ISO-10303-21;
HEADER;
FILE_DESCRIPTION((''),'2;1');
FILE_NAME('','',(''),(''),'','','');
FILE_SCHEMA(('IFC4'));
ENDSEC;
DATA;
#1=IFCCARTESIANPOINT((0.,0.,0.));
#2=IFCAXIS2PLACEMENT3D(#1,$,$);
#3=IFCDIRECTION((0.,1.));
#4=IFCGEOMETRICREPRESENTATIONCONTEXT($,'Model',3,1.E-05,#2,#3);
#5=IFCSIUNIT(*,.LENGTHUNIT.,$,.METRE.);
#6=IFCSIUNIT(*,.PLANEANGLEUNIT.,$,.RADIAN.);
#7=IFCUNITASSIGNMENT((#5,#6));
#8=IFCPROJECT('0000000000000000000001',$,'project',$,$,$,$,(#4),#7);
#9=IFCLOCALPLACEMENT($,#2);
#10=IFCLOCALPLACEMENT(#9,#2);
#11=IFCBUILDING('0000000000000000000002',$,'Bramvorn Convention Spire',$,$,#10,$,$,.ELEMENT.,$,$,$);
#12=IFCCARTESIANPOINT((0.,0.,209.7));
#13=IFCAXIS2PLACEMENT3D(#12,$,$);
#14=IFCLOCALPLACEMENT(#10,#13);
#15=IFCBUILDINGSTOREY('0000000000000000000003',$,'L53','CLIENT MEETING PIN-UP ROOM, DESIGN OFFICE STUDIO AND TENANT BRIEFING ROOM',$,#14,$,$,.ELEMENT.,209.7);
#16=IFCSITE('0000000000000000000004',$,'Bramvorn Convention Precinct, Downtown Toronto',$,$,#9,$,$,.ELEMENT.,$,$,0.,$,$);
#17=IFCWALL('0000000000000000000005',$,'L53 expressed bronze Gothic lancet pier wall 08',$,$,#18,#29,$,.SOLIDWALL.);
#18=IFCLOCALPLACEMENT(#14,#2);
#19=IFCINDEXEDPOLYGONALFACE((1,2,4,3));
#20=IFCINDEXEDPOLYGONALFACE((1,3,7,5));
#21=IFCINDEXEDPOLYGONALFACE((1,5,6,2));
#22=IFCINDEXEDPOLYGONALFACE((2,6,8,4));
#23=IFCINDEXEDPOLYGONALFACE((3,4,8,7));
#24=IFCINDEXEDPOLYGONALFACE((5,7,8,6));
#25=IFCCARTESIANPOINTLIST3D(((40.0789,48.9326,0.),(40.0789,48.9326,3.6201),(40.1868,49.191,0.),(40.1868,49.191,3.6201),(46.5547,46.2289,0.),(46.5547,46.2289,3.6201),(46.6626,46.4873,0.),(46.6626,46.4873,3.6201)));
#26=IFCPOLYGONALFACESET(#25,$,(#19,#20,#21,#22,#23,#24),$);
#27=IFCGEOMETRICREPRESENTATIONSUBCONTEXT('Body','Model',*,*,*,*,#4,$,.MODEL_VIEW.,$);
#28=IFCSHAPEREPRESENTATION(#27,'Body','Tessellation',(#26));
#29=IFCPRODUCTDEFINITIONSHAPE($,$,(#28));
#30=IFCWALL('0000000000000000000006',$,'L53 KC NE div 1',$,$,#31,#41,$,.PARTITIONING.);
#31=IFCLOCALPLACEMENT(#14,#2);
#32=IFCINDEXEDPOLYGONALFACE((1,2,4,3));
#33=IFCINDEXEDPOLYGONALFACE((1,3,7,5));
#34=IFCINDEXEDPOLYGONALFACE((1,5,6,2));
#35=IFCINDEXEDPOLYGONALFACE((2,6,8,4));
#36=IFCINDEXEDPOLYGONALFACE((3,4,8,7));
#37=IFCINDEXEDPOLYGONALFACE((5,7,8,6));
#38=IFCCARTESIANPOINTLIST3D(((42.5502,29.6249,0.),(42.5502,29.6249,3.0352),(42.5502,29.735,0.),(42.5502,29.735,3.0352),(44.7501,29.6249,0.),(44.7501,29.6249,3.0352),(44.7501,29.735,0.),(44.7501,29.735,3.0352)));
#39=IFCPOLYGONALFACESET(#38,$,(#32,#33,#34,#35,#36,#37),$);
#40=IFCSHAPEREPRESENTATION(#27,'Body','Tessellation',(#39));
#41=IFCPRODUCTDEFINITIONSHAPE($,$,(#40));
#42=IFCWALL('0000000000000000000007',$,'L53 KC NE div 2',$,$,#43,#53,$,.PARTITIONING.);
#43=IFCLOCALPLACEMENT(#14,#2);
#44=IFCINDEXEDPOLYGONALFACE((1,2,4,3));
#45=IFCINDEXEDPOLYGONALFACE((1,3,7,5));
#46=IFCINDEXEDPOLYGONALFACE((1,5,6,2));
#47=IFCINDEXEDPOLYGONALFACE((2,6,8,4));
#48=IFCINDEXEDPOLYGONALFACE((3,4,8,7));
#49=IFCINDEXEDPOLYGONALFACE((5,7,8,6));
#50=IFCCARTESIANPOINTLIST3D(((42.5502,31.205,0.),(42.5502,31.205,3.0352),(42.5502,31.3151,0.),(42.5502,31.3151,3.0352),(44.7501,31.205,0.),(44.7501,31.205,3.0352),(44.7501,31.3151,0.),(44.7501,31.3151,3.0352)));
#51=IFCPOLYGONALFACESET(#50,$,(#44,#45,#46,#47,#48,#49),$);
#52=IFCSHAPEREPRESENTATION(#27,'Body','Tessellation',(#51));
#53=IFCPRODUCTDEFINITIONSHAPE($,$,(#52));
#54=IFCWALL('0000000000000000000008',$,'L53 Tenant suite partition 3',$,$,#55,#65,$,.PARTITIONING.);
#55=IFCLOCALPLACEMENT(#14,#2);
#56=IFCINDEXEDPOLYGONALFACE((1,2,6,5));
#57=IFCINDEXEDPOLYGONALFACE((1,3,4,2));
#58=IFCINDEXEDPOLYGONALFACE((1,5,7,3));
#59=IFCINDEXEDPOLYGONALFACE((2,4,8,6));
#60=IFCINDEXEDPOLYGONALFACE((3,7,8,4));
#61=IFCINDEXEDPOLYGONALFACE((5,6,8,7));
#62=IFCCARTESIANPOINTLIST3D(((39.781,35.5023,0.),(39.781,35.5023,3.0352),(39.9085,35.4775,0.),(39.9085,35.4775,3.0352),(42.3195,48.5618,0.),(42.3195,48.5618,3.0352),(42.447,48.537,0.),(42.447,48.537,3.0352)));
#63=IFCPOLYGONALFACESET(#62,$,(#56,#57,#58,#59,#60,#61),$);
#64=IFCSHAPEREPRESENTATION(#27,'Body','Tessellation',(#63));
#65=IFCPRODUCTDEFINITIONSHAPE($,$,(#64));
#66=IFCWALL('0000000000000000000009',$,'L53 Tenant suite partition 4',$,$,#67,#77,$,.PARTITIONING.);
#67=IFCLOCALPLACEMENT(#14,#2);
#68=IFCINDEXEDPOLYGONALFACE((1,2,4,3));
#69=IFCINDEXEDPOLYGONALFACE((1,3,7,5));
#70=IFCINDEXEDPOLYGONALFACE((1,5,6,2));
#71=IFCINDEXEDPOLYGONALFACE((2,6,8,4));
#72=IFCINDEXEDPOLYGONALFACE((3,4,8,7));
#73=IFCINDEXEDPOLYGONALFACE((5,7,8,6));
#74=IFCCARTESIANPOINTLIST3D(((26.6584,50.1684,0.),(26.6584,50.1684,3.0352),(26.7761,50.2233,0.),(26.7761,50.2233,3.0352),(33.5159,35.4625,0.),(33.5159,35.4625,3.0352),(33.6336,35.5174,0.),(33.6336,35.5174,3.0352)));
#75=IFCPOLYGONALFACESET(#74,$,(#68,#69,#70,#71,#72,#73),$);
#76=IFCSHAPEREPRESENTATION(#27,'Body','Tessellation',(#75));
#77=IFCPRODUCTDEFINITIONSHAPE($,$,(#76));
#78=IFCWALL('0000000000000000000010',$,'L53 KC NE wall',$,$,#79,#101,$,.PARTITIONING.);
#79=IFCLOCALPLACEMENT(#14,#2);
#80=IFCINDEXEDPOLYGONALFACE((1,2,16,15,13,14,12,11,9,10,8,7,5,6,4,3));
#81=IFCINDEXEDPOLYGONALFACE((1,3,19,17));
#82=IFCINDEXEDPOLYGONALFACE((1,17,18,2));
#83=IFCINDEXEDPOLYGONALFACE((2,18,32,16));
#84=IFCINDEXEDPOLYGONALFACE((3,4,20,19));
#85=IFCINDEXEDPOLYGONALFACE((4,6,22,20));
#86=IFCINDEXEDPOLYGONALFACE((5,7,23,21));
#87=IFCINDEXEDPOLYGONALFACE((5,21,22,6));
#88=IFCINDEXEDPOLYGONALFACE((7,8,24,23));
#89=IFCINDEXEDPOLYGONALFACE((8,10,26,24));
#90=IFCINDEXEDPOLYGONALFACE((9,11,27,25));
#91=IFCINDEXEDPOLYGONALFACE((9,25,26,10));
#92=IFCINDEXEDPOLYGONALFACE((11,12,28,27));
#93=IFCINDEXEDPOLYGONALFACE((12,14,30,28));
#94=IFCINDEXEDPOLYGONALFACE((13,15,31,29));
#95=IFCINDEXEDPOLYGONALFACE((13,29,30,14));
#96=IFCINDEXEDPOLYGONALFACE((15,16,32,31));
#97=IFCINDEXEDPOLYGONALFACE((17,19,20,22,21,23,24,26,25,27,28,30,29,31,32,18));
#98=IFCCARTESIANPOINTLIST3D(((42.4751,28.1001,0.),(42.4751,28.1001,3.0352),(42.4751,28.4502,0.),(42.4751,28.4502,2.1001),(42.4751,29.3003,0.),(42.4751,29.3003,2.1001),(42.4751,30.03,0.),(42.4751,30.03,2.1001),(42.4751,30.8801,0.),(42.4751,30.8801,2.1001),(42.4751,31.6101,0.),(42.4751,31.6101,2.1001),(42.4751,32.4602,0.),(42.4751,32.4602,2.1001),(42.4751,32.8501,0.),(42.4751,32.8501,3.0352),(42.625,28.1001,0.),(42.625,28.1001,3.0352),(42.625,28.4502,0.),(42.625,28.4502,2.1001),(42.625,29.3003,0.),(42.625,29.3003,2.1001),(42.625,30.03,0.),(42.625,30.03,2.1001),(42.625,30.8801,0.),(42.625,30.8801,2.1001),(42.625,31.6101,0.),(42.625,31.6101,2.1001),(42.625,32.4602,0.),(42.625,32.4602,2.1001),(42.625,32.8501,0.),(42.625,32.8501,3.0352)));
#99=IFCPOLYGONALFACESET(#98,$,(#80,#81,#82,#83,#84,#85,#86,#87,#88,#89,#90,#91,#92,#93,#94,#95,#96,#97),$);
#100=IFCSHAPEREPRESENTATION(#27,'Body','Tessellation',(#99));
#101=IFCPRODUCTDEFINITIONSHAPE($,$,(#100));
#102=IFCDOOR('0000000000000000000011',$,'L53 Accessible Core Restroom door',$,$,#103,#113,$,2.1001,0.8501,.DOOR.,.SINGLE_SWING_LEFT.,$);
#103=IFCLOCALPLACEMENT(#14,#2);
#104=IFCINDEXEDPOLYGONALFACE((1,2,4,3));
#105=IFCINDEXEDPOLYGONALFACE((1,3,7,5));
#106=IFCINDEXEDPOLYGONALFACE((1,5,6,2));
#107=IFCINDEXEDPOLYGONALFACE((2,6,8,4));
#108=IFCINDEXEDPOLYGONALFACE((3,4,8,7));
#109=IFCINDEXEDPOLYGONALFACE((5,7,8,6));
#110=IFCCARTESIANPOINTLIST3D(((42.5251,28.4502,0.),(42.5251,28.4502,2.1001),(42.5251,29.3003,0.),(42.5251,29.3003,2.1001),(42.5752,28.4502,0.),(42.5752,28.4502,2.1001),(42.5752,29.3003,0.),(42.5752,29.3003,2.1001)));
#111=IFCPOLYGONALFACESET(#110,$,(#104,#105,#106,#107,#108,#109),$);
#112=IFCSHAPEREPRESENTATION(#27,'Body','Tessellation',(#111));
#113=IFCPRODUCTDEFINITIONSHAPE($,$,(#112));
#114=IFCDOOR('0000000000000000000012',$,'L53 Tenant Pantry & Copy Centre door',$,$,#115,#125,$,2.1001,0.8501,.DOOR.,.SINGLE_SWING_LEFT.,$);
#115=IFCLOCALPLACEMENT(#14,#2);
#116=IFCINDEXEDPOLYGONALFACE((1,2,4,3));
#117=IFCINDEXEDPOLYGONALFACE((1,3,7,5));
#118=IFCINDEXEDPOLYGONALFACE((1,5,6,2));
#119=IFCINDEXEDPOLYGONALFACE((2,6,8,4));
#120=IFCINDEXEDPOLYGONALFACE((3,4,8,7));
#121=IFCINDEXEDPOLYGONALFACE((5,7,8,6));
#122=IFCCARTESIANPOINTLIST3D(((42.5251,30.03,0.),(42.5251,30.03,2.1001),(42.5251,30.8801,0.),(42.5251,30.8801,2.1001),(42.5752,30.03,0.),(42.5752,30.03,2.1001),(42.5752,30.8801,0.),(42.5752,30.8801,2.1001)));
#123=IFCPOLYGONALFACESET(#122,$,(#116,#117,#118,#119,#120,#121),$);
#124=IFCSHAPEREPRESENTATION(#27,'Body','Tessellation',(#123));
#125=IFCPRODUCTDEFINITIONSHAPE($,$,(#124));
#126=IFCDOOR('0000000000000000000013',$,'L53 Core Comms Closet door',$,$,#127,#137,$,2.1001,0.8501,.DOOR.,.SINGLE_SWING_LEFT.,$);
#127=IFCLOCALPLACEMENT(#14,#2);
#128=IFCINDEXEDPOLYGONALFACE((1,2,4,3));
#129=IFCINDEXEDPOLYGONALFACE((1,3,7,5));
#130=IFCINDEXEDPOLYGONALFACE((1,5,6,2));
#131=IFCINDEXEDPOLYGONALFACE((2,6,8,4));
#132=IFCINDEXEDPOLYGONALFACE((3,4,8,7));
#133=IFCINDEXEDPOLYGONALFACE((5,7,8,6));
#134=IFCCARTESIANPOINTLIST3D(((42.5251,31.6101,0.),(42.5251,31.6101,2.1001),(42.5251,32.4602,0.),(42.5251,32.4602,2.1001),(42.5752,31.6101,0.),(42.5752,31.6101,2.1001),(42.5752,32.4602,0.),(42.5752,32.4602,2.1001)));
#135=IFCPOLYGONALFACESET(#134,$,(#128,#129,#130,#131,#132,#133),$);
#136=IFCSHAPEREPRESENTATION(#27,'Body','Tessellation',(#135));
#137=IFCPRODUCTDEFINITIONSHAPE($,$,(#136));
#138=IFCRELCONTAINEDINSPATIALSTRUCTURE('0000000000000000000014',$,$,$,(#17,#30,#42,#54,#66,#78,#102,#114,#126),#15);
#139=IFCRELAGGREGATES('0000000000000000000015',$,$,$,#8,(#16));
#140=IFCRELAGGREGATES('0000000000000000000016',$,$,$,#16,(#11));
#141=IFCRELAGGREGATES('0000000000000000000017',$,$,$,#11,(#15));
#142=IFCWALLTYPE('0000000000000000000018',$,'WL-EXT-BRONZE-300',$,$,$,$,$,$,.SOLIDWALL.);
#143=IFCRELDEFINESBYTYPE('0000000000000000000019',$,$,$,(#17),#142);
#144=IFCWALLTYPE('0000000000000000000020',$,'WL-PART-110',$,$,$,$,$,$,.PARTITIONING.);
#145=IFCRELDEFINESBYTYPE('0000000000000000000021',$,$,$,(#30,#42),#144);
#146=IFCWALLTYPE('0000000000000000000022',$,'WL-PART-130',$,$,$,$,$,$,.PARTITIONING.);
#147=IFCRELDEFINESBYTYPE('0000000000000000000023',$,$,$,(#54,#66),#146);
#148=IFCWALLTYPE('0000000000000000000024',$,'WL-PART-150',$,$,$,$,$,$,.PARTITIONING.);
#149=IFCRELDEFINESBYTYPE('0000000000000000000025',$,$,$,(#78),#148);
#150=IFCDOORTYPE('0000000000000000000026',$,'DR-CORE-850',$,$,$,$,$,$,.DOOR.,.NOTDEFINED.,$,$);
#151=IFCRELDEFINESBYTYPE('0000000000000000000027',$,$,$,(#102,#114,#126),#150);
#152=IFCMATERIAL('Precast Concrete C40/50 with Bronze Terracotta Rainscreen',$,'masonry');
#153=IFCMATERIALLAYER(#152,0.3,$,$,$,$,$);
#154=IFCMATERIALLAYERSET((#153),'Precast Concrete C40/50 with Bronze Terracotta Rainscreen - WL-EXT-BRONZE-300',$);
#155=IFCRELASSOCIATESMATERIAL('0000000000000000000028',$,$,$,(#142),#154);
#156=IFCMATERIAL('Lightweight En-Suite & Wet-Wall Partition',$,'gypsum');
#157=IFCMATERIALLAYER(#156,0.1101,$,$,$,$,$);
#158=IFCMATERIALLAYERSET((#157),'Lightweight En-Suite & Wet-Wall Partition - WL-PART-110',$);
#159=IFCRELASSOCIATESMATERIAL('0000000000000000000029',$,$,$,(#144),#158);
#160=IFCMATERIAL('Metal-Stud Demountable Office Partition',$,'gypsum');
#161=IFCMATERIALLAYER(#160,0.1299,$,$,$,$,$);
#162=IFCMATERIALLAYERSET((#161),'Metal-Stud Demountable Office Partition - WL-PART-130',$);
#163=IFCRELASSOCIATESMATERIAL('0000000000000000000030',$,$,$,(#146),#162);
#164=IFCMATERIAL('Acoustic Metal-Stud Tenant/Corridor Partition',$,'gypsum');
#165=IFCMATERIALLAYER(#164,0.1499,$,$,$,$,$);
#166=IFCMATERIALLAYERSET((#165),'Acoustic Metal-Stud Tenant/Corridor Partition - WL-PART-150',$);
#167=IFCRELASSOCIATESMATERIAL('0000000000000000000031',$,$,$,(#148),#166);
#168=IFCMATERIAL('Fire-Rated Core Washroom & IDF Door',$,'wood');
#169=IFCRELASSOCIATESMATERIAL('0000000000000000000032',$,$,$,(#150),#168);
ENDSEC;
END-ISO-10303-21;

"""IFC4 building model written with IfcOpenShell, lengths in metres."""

from ifc_helpers import new_model, si_unit, direction, frame, frame_2d, origin, place, context, subcontext, project, spatial, rectangle, extrude, material, layer, layer_set, type_object, element, fill, save


model = new_model("IFC4")

# Units and contexts
model_context = context("Model", 3, precision=1e-05, world=origin(), true_north=direction((0.0, 1.0)))
body_context = subcontext(model_context, "Body", "Model", "MODEL_VIEW")
ifc_project = project(units=[si_unit("LENGTHUNIT", "METRE"), si_unit("PLANEANGLEUNIT", "RADIAN")], contexts=[model_context])

# Site, building, storey
site_placement = place(None, origin())
site = spatial("IfcSite", under=ifc_project, at=site_placement, Name="Bramvorn Convention Precinct, Downtown Toronto", CompositionType="ELEMENT", RefElevation=0.0)
building_placement = place(site_placement, origin())
building = spatial("IfcBuilding", under=site, at=building_placement, Name="Bramvorn Convention Spire", CompositionType="ELEMENT")
storey_placement = place(building_placement, frame((0.0, 0.0, 209.7)))
storey = spatial("IfcBuildingStorey", under=building, at=storey_placement, Name="L53", Description="CLIENT MEETING PIN-UP ROOM, DESIGN OFFICE STUDIO AND TENANT BRIEFING ROOM", CompositionType="ELEMENT", Elevation=209.7)

# Walls
ifc_material_1 = material(Name="Precast Concrete C40/50 with Bronze Terracotta Rainscreen", Category="masonry")
ifc_layer_1 = layer(ifc_material_1, 0.3)
ifc_layer_set_1 = layer_set([ifc_layer_1], Name="Precast Concrete C40/50 with Bronze Terracotta Rainscreen - WL-EXT-BRONZE-300")
wall_type_1 = type_object("IfcWallType", Name="WL-EXT-BRONZE-300", PredefinedType="SOLIDWALL", material=ifc_layer_set_1)
wall_1_placement = place(storey_placement, frame((40.1328, 49.0618, 0.0), z_axis=(0.0, 0.0, 1.0), x_axis=(0.922806, -0.385265, 0.0)))
element("IfcWall", 1, at=wall_1_placement, inside=storey, type_object=wall_type_1, Name="L53 expressed bronze Gothic lancet pier wall 08", PredefinedType="SOLIDWALL", context=body_context, shape_type="SweptSolid", body=[
    extrude(rectangle(XDim=7.0176, YDim=0.28, at=frame_2d((3.5088, 0.0))), origin(), (0.0, 0.0, 1.0), 3.6201),
])
ifc_material_2 = material(Name="Lightweight En-Suite & Wet-Wall Partition", Category="gypsum")
ifc_layer_2 = layer(ifc_material_2, 0.1101)
ifc_layer_set_2 = layer_set([ifc_layer_2], Name="Lightweight En-Suite & Wet-Wall Partition - WL-PART-110")
wall_type_2 = type_object("IfcWallType", Name="WL-PART-110", PredefinedType="PARTITIONING", material=ifc_layer_set_2)
for number, where, z_axis, x_axis, name in (
    (2, (42.55, 29.6799, 0.0), (0.0, 0.0, 1.0), (1.0, 0.0, 0.0), "L53 KC NE div 1"),
    (3, (42.55, 31.26, 0.0), (0.0, 0.0, 1.0), (1.0, 0.0, 0.0), "L53 KC NE div 2"),
):
    element("IfcWall", number, at=place(storey_placement, frame(where, z_axis=z_axis, x_axis=x_axis)), inside=storey, type_object=wall_type_2, Name=name, PredefinedType="PARTITIONING", context=body_context, shape_type="SweptSolid", body=[
        extrude(rectangle(XDim=2.2, YDim=0.1101, at=frame_2d((1.1001, 0.0))), origin(), (0.0, 0.0, 1.0), 3.0352),
    ])
ifc_material_3 = material(Name="Metal-Stud Demountable Office Partition", Category="gypsum")
ifc_layer_3 = layer(ifc_material_3, 0.1299)
ifc_layer_set_3 = layer_set([ifc_layer_3], Name="Metal-Stud Demountable Office Partition - WL-PART-130")
wall_type_3 = type_object("IfcWallType", Name="WL-PART-130", PredefinedType="PARTITIONING", material=ifc_layer_set_3)
wall_2_placement = place(storey_placement, frame((39.8447, 35.49, 0.0), z_axis=(0.0, 0.0, 1.0), x_axis=(0.190813, 0.981626, 0.0)))
element("IfcWall", 4, at=wall_2_placement, inside=storey, type_object=wall_type_3, Name="L53 Tenant suite partition 3", PredefinedType="PARTITIONING", context=body_context, shape_type="SweptSolid", body=[
    extrude(rectangle(XDim=13.304, YDim=0.1299, at=frame_2d((6.6519, 0.0))), origin(), (0.0, 0.0, 1.0), 3.0352),
])
wall_3_placement = place(storey_placement, frame((33.5747, 35.49, 0.0), z_axis=(0.0, 0.0, 1.0), x_axis=(-0.422618, 0.906308, 0.0)))
element("IfcWall", 5, at=wall_3_placement, inside=storey, type_object=wall_type_3, Name="L53 Tenant suite partition 4", PredefinedType="PARTITIONING", context=body_context, shape_type="SweptSolid", body=[
    extrude(rectangle(XDim=16.2261, YDim=0.1299, at=frame_2d((8.113, 0.0))), origin(), (0.0, 0.0, 1.0), 3.0352),
])

# Wall, openings, doors
ifc_material_4 = material(Name="Acoustic Metal-Stud Tenant/Corridor Partition", Category="gypsum")
ifc_layer_4 = layer(ifc_material_4, 0.1499)
ifc_layer_set_4 = layer_set([ifc_layer_4], Name="Acoustic Metal-Stud Tenant/Corridor Partition - WL-PART-150")
wall_type_4 = type_object("IfcWallType", Name="WL-PART-150", PredefinedType="PARTITIONING", material=ifc_layer_set_4)
wall_4_placement = place(storey_placement, frame((42.55, 28.1001, 0.0), z_axis=(0.0, 0.0, 1.0), x_axis=(0.0, 1.0, 0.0)))
wall_4 = element("IfcWall", 6, at=wall_4_placement, inside=storey, type_object=wall_type_4, Name="L53 KC NE wall", PredefinedType="PARTITIONING", context=body_context, shape_type="SweptSolid", body=[
    extrude(rectangle(XDim=4.75, YDim=0.1499, at=frame_2d((2.375, 0.0))), origin(), (0.0, 0.0, 1.0), 3.0352),
])
opening_1_placement = place(wall_4_placement, frame((0.3501, 0.0, 0.0)))
opening_1 = element("IfcOpeningElement", 7, at=opening_1_placement, cuts=wall_4, PredefinedType="OPENING", context=body_context, shape_type="SweptSolid", body=[
    extrude(rectangle(XDim=0.8501, YDim=2.1001, at=frame_2d((0.425, 1.05))), frame((0.0, 0.085, 0.0), z_axis=(0.0, -1.0, 0.0), x_axis=(1.0, 0.0, 0.0)), (0.0, 0.0, 1.0), 0.1699),
])
opening_2_placement = place(wall_4_placement, frame((1.9299, 0.0, 0.0)))
opening_2 = element("IfcOpeningElement", 8, at=opening_2_placement, cuts=wall_4, PredefinedType="OPENING", context=body_context, shape_type="SweptSolid", body=[
    extrude(rectangle(XDim=0.8501, YDim=2.1001, at=frame_2d((0.425, 1.05))), frame((0.0, 0.085, 0.0), z_axis=(0.0, -1.0, 0.0), x_axis=(1.0, 0.0, 0.0)), (0.0, 0.0, 1.0), 0.1699),
])
opening_3_placement = place(wall_4_placement, frame((3.51, 0.0, 0.0)))
opening_3 = element("IfcOpeningElement", 9, at=opening_3_placement, cuts=wall_4, PredefinedType="OPENING", context=body_context, shape_type="SweptSolid", body=[
    extrude(rectangle(XDim=0.8501, YDim=2.1001, at=frame_2d((0.425, 1.05))), frame((0.0, 0.085, 0.0), z_axis=(0.0, -1.0, 0.0), x_axis=(1.0, 0.0, 0.0)), (0.0, 0.0, 1.0), 0.1699),
])
ifc_material_5 = material(Name="Fire-Rated Core Washroom & IDF Door", Category="wood")
door_type_1 = type_object("IfcDoorType", Name="DR-CORE-850", OperationType="NOTDEFINED", PredefinedType="DOOR", material=ifc_material_5)
door_1_placement = place(opening_1_placement, origin())
door_1 = element("IfcDoor", 10, at=door_1_placement, inside=storey, type_object=door_type_1, Name="L53 Accessible Core Restroom door", OperationType="SINGLE_SWING_LEFT", OverallHeight=2.1001, OverallWidth=0.8501, PredefinedType="DOOR", context=body_context, shape_type="SweptSolid", body=[
    extrude(rectangle(XDim=0.8501, YDim=2.1001, at=frame_2d((0.425, 1.05))), frame((0.0, 0.0249, 0.0), z_axis=(0.0, -1.0, 0.0), x_axis=(1.0, 0.0, 0.0)), (0.0, 0.0, 1.0), 0.05),
])
fill(opening_1, door_1)
door_2_placement = place(opening_2_placement, origin())
door_2 = element("IfcDoor", 11, at=door_2_placement, inside=storey, type_object=door_type_1, Name="L53 Tenant Pantry & Copy Centre door", OperationType="SINGLE_SWING_LEFT", OverallHeight=2.1001, OverallWidth=0.8501, PredefinedType="DOOR", context=body_context, shape_type="SweptSolid", body=[
    extrude(rectangle(XDim=0.8501, YDim=2.1001, at=frame_2d((0.425, 1.05))), frame((0.0, 0.0249, 0.0), z_axis=(0.0, -1.0, 0.0), x_axis=(1.0, 0.0, 0.0)), (0.0, 0.0, 1.0), 0.05),
])
fill(opening_2, door_2)
door_3_placement = place(opening_3_placement, origin())
door_3 = element("IfcDoor", 12, at=door_3_placement, inside=storey, type_object=door_type_1, Name="L53 Core Comms Closet door", OperationType="SINGLE_SWING_LEFT", OverallHeight=2.1001, OverallWidth=0.8501, PredefinedType="DOOR", context=body_context, shape_type="SweptSolid", body=[
    extrude(rectangle(XDim=0.8501, YDim=2.1001, at=frame_2d((0.425, 1.05))), frame((0.0, 0.0249, 0.0), z_axis=(0.0, -1.0, 0.0), x_axis=(1.0, 0.0, 0.0)), (0.0, 0.0, 1.0), 0.05),
])
fill(opening_3, door_3)

save(model, "model.ifc")
